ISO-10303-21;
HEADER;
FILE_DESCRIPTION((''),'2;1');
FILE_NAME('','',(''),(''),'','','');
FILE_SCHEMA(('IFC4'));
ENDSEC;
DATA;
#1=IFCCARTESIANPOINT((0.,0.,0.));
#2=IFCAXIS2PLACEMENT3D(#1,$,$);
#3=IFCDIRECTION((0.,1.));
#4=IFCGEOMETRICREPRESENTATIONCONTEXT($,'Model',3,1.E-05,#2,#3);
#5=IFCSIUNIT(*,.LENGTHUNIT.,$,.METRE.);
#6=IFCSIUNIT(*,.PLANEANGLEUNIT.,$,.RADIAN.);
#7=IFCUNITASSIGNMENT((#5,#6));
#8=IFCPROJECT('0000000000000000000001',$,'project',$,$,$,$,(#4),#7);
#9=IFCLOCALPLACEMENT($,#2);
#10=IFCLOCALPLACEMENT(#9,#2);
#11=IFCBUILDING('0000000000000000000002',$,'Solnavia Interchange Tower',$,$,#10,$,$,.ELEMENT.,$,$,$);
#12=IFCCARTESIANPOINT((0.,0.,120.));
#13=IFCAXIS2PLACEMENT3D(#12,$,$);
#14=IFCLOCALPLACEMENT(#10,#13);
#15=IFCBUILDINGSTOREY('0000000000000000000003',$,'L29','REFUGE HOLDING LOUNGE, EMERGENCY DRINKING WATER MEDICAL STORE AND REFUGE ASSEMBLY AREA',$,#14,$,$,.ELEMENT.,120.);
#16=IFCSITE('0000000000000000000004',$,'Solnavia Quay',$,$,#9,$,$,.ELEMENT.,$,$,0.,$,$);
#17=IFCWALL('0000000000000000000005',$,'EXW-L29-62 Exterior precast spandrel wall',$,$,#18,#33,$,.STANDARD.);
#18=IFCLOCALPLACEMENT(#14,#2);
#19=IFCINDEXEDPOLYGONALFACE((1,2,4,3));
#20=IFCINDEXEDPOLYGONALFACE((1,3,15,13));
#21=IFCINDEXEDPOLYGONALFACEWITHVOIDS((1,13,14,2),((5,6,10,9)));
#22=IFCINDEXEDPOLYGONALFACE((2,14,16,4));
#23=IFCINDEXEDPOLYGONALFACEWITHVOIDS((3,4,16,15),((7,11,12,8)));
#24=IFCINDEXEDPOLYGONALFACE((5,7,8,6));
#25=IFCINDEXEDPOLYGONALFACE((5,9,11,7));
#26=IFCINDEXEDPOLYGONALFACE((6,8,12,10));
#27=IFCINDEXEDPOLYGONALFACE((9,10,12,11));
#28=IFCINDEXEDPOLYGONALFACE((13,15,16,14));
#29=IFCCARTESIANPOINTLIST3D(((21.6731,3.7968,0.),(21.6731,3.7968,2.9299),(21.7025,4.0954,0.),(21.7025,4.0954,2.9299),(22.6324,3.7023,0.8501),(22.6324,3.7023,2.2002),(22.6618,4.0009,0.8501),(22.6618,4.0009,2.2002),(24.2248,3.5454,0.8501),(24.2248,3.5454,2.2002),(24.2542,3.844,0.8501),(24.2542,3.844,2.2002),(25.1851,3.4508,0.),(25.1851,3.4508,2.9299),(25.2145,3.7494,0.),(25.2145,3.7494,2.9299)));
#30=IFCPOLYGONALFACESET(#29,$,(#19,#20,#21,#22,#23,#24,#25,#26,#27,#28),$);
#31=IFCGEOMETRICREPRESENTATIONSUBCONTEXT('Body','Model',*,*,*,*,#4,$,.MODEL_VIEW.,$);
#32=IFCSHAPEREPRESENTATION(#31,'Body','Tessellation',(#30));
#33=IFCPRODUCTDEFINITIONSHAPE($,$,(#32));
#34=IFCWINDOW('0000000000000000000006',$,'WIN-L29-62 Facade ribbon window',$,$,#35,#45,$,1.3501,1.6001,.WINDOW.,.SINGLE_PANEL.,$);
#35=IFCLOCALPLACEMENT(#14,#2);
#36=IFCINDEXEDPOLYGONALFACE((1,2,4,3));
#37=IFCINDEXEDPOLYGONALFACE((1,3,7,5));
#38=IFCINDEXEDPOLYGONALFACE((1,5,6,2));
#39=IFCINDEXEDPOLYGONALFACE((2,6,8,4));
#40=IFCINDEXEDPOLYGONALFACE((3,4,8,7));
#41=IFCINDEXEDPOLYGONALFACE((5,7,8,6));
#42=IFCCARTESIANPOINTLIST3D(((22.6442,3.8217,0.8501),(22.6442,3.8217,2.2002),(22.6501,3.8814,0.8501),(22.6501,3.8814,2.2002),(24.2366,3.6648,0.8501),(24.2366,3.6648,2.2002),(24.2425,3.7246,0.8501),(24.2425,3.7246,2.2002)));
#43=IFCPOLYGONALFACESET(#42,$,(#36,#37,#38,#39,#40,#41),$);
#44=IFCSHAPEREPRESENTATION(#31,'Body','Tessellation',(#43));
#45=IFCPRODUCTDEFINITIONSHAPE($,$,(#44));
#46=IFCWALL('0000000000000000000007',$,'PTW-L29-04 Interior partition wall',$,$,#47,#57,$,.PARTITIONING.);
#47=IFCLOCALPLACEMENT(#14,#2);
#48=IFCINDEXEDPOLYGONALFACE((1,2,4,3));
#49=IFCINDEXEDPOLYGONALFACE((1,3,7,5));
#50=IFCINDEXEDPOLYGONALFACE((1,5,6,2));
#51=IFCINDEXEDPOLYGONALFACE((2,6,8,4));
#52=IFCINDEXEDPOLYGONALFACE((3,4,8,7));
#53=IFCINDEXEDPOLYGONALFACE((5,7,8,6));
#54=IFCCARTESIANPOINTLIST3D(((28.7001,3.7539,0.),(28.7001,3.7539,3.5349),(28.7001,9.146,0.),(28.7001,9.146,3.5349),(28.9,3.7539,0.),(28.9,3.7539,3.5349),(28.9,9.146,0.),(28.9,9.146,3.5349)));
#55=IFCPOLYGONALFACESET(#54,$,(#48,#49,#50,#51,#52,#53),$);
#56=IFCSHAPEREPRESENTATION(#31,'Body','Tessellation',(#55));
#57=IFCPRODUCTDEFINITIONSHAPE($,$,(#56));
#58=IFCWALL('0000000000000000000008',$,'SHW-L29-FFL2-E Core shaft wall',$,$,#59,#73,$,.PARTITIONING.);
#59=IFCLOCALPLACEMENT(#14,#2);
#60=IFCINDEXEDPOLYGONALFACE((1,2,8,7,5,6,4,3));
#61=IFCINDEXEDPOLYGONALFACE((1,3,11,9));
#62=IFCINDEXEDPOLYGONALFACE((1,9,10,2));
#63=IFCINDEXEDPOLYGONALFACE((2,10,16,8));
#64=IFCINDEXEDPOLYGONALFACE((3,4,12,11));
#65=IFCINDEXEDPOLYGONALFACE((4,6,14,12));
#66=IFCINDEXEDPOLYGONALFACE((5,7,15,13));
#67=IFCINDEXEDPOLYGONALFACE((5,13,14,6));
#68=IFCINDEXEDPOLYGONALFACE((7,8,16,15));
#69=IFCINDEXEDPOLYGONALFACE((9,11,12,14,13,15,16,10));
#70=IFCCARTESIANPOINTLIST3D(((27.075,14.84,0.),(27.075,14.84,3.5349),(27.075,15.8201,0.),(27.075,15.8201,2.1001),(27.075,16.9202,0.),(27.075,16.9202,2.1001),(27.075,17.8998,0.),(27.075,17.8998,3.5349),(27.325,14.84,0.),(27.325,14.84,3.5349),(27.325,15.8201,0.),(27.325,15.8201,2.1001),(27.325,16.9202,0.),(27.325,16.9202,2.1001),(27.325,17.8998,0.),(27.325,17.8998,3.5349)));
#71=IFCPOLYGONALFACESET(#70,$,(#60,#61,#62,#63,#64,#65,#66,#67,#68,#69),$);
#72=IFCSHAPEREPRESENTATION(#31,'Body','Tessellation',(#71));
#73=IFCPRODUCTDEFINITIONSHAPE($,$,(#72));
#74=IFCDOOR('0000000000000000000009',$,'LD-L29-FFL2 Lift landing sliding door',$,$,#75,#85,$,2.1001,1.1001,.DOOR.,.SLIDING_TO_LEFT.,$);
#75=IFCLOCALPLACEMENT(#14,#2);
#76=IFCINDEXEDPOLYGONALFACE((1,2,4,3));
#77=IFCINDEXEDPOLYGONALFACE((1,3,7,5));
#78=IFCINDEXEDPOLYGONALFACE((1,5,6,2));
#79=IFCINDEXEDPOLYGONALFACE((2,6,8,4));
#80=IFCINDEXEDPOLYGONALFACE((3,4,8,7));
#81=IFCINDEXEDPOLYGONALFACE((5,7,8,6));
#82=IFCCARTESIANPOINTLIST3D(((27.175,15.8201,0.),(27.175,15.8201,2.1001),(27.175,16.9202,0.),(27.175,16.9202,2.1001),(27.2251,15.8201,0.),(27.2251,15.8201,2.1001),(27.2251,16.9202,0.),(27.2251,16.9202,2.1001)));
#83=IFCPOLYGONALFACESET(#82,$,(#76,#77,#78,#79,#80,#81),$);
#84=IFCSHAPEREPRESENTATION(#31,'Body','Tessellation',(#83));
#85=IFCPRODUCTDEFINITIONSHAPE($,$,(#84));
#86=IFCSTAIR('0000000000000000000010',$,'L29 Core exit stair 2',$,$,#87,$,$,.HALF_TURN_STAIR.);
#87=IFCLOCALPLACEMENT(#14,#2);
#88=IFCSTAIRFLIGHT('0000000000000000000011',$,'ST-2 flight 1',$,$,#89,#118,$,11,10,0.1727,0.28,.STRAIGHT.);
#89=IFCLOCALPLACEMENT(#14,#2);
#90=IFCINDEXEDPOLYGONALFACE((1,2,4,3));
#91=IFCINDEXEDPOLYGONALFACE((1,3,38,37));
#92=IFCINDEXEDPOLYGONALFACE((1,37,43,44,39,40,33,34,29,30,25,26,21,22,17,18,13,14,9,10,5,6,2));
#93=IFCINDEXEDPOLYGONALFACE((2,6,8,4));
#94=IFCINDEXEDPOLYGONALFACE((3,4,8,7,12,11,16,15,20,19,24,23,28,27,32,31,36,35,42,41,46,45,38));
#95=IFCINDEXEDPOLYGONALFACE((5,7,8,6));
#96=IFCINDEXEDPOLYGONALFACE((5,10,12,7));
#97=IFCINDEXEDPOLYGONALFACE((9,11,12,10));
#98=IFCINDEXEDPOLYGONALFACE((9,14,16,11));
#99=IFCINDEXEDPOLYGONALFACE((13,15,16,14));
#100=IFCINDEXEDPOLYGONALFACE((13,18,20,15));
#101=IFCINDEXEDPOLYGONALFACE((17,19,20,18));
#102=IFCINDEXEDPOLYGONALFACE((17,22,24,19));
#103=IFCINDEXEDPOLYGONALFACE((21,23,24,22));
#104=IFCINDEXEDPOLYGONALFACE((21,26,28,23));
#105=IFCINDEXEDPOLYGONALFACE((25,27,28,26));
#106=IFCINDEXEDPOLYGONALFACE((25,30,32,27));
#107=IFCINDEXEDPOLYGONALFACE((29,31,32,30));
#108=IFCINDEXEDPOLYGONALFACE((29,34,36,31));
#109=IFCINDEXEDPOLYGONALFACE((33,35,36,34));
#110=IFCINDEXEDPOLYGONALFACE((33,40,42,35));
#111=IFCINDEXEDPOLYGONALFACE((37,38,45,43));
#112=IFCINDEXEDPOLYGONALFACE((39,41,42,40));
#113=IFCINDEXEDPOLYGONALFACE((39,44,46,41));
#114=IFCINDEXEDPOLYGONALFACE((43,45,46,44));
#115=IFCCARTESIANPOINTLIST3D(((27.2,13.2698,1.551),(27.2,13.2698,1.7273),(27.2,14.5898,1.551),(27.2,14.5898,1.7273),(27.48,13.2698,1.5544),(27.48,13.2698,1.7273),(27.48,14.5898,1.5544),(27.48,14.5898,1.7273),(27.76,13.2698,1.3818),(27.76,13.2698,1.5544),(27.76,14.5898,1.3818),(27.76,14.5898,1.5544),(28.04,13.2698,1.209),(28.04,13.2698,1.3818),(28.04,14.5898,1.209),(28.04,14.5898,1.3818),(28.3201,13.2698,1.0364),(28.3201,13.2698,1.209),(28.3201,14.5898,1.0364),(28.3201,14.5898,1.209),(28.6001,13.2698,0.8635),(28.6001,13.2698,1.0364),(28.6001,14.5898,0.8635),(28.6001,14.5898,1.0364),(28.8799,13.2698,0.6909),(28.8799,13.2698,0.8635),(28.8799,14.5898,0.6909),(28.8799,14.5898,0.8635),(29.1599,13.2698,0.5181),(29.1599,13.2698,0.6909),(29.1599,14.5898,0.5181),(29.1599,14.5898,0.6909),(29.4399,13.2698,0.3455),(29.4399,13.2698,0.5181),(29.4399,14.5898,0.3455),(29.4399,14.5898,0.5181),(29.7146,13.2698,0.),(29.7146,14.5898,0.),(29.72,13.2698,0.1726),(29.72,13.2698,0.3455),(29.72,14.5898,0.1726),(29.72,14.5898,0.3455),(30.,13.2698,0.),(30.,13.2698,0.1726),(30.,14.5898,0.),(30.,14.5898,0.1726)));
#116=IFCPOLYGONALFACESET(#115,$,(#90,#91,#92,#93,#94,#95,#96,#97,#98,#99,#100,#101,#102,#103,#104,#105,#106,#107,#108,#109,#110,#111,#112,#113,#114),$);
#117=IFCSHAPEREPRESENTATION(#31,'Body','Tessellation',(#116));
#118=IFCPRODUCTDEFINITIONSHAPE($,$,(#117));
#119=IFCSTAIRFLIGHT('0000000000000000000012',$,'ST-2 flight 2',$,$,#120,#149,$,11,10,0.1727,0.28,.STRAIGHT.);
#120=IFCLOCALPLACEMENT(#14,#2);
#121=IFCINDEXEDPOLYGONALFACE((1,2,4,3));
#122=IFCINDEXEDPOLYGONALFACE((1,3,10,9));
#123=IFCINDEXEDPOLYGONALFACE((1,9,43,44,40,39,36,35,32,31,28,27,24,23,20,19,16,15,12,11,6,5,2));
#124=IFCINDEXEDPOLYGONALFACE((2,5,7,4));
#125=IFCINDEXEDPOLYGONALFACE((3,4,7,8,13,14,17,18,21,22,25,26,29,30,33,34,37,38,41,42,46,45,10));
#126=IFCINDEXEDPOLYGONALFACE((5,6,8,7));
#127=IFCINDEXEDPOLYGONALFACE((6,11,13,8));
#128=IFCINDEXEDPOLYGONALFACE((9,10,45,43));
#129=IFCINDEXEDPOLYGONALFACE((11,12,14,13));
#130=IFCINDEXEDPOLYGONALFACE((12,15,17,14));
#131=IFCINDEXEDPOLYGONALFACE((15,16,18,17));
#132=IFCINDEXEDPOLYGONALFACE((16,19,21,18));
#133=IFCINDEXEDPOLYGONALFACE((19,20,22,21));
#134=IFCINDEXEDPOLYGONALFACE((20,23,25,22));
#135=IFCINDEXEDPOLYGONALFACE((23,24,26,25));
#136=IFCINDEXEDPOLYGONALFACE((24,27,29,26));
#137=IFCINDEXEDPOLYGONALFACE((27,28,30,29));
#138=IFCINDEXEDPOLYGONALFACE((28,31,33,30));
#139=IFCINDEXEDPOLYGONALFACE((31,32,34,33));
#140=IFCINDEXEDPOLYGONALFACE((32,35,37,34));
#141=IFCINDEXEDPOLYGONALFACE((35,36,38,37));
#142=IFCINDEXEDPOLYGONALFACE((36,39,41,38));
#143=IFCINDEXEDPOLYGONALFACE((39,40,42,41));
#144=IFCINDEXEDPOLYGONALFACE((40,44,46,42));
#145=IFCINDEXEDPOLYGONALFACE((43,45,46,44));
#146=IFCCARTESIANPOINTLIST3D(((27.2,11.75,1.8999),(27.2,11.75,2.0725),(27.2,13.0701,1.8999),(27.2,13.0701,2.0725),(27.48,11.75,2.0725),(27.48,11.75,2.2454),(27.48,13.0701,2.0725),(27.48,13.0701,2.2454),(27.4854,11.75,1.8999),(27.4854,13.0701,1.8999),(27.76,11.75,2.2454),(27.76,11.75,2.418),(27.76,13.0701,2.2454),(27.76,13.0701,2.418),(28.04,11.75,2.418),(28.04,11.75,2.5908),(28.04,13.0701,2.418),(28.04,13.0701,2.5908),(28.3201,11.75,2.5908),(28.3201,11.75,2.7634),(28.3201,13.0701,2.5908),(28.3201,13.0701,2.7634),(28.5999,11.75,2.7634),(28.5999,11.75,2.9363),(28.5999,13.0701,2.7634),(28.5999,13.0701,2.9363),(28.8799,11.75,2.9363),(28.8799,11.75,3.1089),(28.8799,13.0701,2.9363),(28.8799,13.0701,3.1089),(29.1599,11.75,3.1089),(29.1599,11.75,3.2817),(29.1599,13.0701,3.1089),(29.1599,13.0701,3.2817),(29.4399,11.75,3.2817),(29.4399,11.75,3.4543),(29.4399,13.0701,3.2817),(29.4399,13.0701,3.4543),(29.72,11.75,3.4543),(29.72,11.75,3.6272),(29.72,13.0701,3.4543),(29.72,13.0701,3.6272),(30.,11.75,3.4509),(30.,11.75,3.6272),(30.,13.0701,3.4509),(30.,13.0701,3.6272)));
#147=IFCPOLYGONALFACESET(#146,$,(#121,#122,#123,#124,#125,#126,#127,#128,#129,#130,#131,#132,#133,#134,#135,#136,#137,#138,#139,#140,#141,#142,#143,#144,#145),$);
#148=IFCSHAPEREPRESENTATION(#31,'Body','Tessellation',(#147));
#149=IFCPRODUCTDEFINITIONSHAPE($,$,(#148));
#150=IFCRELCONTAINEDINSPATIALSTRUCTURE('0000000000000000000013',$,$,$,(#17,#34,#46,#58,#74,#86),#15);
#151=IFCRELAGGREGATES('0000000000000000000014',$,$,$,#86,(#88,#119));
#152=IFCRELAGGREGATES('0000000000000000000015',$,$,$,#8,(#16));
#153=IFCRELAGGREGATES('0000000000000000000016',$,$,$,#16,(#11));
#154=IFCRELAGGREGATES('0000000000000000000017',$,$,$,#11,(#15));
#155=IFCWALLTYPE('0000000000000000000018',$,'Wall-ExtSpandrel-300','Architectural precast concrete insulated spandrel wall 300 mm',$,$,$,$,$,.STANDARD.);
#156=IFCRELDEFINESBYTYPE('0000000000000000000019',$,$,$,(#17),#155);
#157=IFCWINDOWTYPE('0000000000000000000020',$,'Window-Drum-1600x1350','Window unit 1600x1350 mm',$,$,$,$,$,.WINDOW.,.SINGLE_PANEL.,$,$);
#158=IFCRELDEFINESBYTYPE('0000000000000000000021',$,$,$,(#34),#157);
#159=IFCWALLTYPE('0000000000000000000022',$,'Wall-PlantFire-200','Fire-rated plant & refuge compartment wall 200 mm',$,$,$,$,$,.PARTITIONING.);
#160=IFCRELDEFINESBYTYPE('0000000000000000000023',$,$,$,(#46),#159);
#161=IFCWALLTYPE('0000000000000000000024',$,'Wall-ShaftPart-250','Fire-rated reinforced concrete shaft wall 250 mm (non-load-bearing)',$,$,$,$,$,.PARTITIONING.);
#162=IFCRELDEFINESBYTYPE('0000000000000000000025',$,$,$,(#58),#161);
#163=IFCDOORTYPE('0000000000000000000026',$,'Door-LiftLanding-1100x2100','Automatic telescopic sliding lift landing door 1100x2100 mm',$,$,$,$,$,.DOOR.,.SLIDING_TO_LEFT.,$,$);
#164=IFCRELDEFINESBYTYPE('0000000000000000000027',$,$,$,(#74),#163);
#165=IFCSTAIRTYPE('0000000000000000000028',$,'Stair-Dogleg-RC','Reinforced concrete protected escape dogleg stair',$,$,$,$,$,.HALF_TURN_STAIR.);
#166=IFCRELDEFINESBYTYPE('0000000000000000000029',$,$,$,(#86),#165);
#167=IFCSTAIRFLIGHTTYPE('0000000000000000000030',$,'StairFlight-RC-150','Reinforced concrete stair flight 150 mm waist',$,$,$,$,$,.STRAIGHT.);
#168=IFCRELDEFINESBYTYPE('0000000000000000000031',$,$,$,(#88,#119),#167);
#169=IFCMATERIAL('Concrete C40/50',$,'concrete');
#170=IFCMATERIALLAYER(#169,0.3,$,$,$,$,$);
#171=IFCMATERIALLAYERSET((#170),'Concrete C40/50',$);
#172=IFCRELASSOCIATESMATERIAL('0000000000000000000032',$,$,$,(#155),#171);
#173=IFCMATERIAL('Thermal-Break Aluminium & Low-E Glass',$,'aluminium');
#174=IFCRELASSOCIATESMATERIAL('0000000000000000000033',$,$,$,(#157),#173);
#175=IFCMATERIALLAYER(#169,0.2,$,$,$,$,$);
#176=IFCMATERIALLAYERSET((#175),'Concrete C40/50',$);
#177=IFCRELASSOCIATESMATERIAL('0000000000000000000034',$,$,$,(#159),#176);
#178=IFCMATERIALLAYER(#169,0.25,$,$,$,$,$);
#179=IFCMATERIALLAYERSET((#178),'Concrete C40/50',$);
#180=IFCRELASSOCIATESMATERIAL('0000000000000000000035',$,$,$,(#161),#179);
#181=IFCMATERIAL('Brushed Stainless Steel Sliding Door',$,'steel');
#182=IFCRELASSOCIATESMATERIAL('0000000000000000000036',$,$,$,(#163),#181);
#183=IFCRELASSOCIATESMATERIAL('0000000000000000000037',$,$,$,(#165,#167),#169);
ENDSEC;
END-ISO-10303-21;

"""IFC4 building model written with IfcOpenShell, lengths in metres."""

from ifc_helpers import new_model, si_unit, direction, frame, frame_2d, origin, place, context, subcontext, project, spatial, polyline, rectangle, outline, extrude, material, layer, layer_set, type_object, element, fill, aggregate, save


model = new_model("IFC4")

# Units and contexts
model_context = context("Model", 3, precision=1e-05, world=origin(), true_north=direction((0.0, 1.0)))
body_context = subcontext(model_context, "Body", "Model", "MODEL_VIEW")
ifc_project = project(units=[si_unit("LENGTHUNIT", "METRE"), si_unit("PLANEANGLEUNIT", "RADIAN")], contexts=[model_context])

# Site, building, storey
site_placement = place(None, origin())
site = spatial("IfcSite", under=ifc_project, at=site_placement, Name="Solnavia Quay", CompositionType="ELEMENT", RefElevation=0.0)
building_placement = place(site_placement, origin())
building = spatial("IfcBuilding", under=site, at=building_placement, Name="Solnavia Interchange Tower", CompositionType="ELEMENT")
storey_placement = place(building_placement, frame((0.0, 0.0, 120.0)))
storey = spatial("IfcBuildingStorey", under=building, at=storey_placement, Name="L29", Description="REFUGE HOLDING LOUNGE, EMERGENCY DRINKING WATER MEDICAL STORE AND REFUGE ASSEMBLY AREA", CompositionType="ELEMENT", Elevation=120.0)

# Wall, opening, window
ifc_material_1 = material(Name="Concrete C40/50", Category="concrete")
ifc_layer_1 = layer(ifc_material_1, 0.3)
ifc_layer_set_1 = layer_set([ifc_layer_1], Name="Concrete C40/50")
wall_type_1 = type_object("IfcWallType", Name="Wall-ExtSpandrel-300", Description="Architectural precast concrete insulated spandrel wall 300 mm", PredefinedType="STANDARD", material=ifc_layer_set_1)
ifc_material_2 = material(Name="Thermal-Break Aluminium & Low-E Glass", Category="aluminium")
wall_1_placement = place(storey_placement, frame((25.2, 3.6001, 0.0), z_axis=(0.0, 0.0, 1.0), x_axis=(-0.995183, 0.098031, 0.0)))
wall_1 = element("IfcWall", 1, at=wall_1_placement, inside=storey, type_object=wall_type_1, Name="EXW-L29-62 Exterior precast spandrel wall", PredefinedType="STANDARD", context=body_context, shape_type="SweptSolid", body=[
    extrude(rectangle(XDim=3.5291, YDim=0.3, at=frame_2d((1.7646, 0.0))), origin(), (0.0, 0.0, 1.0), 2.9299),
])
opening_1_placement = place(wall_1_placement, frame((0.9651, 0.0, 0.8501)))
opening_1 = element("IfcOpeningElement", 2, at=opening_1_placement, cuts=wall_1, PredefinedType="OPENING", context=body_context, shape_type="SweptSolid", body=[
    extrude(rectangle(XDim=1.6001, YDim=1.3501, at=frame_2d((0.8, 0.675))), frame((0.0, 0.1602, 0.0), z_axis=(0.0, -1.0, 0.0), x_axis=(1.0, 0.0, 0.0)), (0.0, 0.0, 1.0), 0.3201),
])
window_type_1 = type_object("IfcWindowType", Name="Window-Drum-1600x1350", Description="Window unit 1600x1350 mm", PartitioningType="SINGLE_PANEL", PredefinedType="WINDOW", material=ifc_material_2)
window_1_placement = place(opening_1_placement, origin())
window_1 = element("IfcWindow", 3, at=window_1_placement, inside=storey, type_object=window_type_1, Name="WIN-L29-62 Facade ribbon window", OverallHeight=1.3501, OverallWidth=1.6001, PartitioningType="SINGLE_PANEL", PredefinedType="WINDOW", context=body_context, shape_type="SweptSolid", body=[
    extrude(rectangle(XDim=1.6001, YDim=1.3501, at=frame_2d((0.8, 0.675))), frame((0.0, 0.03, 0.0), z_axis=(0.0, -1.0, 0.0), x_axis=(1.0, 0.0, 0.0)), (0.0, 0.0, 1.0), 0.0601),
])
fill(opening_1, window_1)

# Wall
ifc_layer_2 = layer(ifc_material_1, 0.2)
ifc_layer_set_2 = layer_set([ifc_layer_2], Name="Concrete C40/50")
wall_type_2 = type_object("IfcWallType", Name="Wall-PlantFire-200", Description="Fire-rated plant & refuge compartment wall 200 mm", PredefinedType="PARTITIONING", material=ifc_layer_set_2)
wall_2_placement = place(storey_placement, frame((28.8, 9.146, 0.0), z_axis=(0.0, 0.0, 1.0), x_axis=(0.0, -1.0, 0.0)))
element("IfcWall", 4, at=wall_2_placement, inside=storey, type_object=wall_type_2, Name="PTW-L29-04 Interior partition wall", PredefinedType="PARTITIONING", context=body_context, shape_type="SweptSolid", body=[
    extrude(rectangle(XDim=5.3921, YDim=0.2, at=frame_2d((2.696, 0.0))), origin(), (0.0, 0.0, 1.0), 3.5349),
])

# Wall, opening, door
ifc_layer_3 = layer(ifc_material_1, 0.25)
ifc_layer_set_3 = layer_set([ifc_layer_3], Name="Concrete C40/50")
wall_type_3 = type_object("IfcWallType", Name="Wall-ShaftPart-250", Description="Fire-rated reinforced concrete shaft wall 250 mm (non-load-bearing)", PredefinedType="PARTITIONING", material=ifc_layer_set_3)
wall_3_placement = place(storey_placement, frame((27.2, 14.8401, 0.0), z_axis=(0.0, 0.0, 1.0), x_axis=(0.0, 1.0, 0.0)))
wall_3 = element("IfcWall", 5, at=wall_3_placement, inside=storey, type_object=wall_type_3, Name="SHW-L29-FFL2-E Core shaft wall", PredefinedType="PARTITIONING", context=body_context, shape_type="SweptSolid", body=[
    extrude(rectangle(XDim=3.0598, YDim=0.25, at=frame_2d((1.5298, 0.0))), origin(), (0.0, 0.0, 1.0), 3.5349),
])
opening_2_placement = place(wall_3_placement, frame((0.98, 0.0, 0.0)))
opening_2 = element("IfcOpeningElement", 6, at=opening_2_placement, cuts=wall_3, PredefinedType="OPENING", context=body_context, shape_type="SweptSolid", body=[
    extrude(rectangle(XDim=1.1001, YDim=2.1001, at=frame_2d((0.55, 1.05))), frame((0.0, 0.135, 0.0), z_axis=(0.0, -1.0, 0.0), x_axis=(1.0, 0.0, 0.0)), (0.0, 0.0, 1.0), 0.27),
])
ifc_material_3 = material(Name="Brushed Stainless Steel Sliding Door", Category="steel")
door_type = type_object("IfcDoorType", Name="Door-LiftLanding-1100x2100", Description="Automatic telescopic sliding lift landing door 1100x2100 mm", OperationType="SLIDING_TO_LEFT", PredefinedType="DOOR", material=ifc_material_3)
door_placement = place(opening_2_placement, origin())
door = element("IfcDoor", 7, at=door_placement, inside=storey, type_object=door_type, Name="LD-L29-FFL2 Lift landing sliding door", OperationType="SLIDING_TO_LEFT", OverallHeight=2.1001, OverallWidth=1.1001, PredefinedType="DOOR", context=body_context, shape_type="SweptSolid", body=[
    extrude(rectangle(XDim=1.1001, YDim=2.1001, at=frame_2d((0.55, 1.05))), frame((0.0, 0.0249, 0.0), z_axis=(0.0, -1.0, 0.0), x_axis=(1.0, 0.0, 0.0)), (0.0, 0.0, 1.0), 0.05),
])
fill(opening_2, door)

# Stair, stair flights
stair_type = type_object("IfcStairType", Name="Stair-Dogleg-RC", Description="Reinforced concrete protected escape dogleg stair", PredefinedType="HALF_TURN_STAIR", material=ifc_material_1)
stair_placement = place(storey_placement, origin())
stair = element("IfcStair", 8, at=stair_placement, inside=storey, type_object=stair_type, Name="L29 Core exit stair 2", PredefinedType="HALF_TURN_STAIR")
stair_flight_type = type_object("IfcStairFlightType", Name="StairFlight-RC-150", Description="Reinforced concrete stair flight 150 mm waist", PredefinedType="STRAIGHT", material=ifc_material_1)
stair_flight_1_placement = place(storey_placement, frame((30.0, 13.9299, 0.0), z_axis=(0.0, 0.0, 1.0), x_axis=(-1.0, 0.0, 0.0)))
stair_flight_1 = element("IfcStairFlight", 9, at=stair_flight_1_placement, type_object=stair_flight_type, Name="ST-2 flight 1", NumberOfRisers=11, NumberOfTreads=10, PredefinedType="STRAIGHT", RiserHeight=0.1727, TreadLength=0.28, context=body_context, shape_type="SweptSolid", body=[
    extrude(outline(polyline([(0.0, 0.0), (0.0, 0.1726), (0.28, 0.1726), (0.28, 0.3455), (0.5601, 0.3455), (0.5601, 0.5181), (0.8401, 0.5181), (0.8401, 0.6909), (1.1201, 0.6909), (1.1201, 0.8635), (1.3999, 0.8635), (1.3999, 1.0364), (1.6799, 1.0364), (1.6799, 1.209), (1.96, 1.209), (1.96, 1.3818), (2.24, 1.3818), (2.24, 1.5544), (2.52, 1.5544), (2.52, 1.7273), (2.8, 1.7273), (2.8, 1.8999), (2.8, 1.551), (0.2854, 0.0), (0.0, 0.0)])), frame((0.0, 0.6602, 0.0), z_axis=(0.0, -1.0, 0.0), x_axis=(1.0, 0.0, 0.0)), (0.0, 0.0, 1.0), 1.3201),
])
stair_flight_2_placement = place(storey_placement, frame((27.2, 12.4099, 1.8999), z_axis=(0.0, 0.0, 1.0), x_axis=(1.0, 0.0, 0.0)))
stair_flight_2 = element("IfcStairFlight", 10, at=stair_flight_2_placement, type_object=stair_flight_type, Name="ST-2 flight 2", NumberOfRisers=11, NumberOfTreads=10, PredefinedType="STRAIGHT", RiserHeight=0.1727, TreadLength=0.28, context=body_context, shape_type="SweptSolid", body=[
    extrude(outline(polyline([(0.0, 0.0), (0.0, 0.1726), (0.28, 0.1726), (0.28, 0.3455), (0.5601, 0.3455), (0.5601, 0.5181), (0.8401, 0.5181), (0.8401, 0.6909), (1.1201, 0.6909), (1.1201, 0.8635), (1.3999, 0.8635), (1.3999, 1.0364), (1.6799, 1.0364), (1.6799, 1.209), (1.96, 1.209), (1.96, 1.3818), (2.24, 1.3818), (2.24, 1.5544), (2.52, 1.5544), (2.52, 1.7273), (2.8, 1.7273), (2.8, 1.8999), (2.8, 1.551), (0.2854, 0.0), (0.0, 0.0)])), frame((0.0, 0.6602, 0.0), z_axis=(0.0, -1.0, 0.0), x_axis=(1.0, 0.0, 0.0)), (0.0, 0.0, 1.0), 1.3201),
])
aggregate(stair, [stair_flight_1, stair_flight_2])

save(model, "model.ifc")
